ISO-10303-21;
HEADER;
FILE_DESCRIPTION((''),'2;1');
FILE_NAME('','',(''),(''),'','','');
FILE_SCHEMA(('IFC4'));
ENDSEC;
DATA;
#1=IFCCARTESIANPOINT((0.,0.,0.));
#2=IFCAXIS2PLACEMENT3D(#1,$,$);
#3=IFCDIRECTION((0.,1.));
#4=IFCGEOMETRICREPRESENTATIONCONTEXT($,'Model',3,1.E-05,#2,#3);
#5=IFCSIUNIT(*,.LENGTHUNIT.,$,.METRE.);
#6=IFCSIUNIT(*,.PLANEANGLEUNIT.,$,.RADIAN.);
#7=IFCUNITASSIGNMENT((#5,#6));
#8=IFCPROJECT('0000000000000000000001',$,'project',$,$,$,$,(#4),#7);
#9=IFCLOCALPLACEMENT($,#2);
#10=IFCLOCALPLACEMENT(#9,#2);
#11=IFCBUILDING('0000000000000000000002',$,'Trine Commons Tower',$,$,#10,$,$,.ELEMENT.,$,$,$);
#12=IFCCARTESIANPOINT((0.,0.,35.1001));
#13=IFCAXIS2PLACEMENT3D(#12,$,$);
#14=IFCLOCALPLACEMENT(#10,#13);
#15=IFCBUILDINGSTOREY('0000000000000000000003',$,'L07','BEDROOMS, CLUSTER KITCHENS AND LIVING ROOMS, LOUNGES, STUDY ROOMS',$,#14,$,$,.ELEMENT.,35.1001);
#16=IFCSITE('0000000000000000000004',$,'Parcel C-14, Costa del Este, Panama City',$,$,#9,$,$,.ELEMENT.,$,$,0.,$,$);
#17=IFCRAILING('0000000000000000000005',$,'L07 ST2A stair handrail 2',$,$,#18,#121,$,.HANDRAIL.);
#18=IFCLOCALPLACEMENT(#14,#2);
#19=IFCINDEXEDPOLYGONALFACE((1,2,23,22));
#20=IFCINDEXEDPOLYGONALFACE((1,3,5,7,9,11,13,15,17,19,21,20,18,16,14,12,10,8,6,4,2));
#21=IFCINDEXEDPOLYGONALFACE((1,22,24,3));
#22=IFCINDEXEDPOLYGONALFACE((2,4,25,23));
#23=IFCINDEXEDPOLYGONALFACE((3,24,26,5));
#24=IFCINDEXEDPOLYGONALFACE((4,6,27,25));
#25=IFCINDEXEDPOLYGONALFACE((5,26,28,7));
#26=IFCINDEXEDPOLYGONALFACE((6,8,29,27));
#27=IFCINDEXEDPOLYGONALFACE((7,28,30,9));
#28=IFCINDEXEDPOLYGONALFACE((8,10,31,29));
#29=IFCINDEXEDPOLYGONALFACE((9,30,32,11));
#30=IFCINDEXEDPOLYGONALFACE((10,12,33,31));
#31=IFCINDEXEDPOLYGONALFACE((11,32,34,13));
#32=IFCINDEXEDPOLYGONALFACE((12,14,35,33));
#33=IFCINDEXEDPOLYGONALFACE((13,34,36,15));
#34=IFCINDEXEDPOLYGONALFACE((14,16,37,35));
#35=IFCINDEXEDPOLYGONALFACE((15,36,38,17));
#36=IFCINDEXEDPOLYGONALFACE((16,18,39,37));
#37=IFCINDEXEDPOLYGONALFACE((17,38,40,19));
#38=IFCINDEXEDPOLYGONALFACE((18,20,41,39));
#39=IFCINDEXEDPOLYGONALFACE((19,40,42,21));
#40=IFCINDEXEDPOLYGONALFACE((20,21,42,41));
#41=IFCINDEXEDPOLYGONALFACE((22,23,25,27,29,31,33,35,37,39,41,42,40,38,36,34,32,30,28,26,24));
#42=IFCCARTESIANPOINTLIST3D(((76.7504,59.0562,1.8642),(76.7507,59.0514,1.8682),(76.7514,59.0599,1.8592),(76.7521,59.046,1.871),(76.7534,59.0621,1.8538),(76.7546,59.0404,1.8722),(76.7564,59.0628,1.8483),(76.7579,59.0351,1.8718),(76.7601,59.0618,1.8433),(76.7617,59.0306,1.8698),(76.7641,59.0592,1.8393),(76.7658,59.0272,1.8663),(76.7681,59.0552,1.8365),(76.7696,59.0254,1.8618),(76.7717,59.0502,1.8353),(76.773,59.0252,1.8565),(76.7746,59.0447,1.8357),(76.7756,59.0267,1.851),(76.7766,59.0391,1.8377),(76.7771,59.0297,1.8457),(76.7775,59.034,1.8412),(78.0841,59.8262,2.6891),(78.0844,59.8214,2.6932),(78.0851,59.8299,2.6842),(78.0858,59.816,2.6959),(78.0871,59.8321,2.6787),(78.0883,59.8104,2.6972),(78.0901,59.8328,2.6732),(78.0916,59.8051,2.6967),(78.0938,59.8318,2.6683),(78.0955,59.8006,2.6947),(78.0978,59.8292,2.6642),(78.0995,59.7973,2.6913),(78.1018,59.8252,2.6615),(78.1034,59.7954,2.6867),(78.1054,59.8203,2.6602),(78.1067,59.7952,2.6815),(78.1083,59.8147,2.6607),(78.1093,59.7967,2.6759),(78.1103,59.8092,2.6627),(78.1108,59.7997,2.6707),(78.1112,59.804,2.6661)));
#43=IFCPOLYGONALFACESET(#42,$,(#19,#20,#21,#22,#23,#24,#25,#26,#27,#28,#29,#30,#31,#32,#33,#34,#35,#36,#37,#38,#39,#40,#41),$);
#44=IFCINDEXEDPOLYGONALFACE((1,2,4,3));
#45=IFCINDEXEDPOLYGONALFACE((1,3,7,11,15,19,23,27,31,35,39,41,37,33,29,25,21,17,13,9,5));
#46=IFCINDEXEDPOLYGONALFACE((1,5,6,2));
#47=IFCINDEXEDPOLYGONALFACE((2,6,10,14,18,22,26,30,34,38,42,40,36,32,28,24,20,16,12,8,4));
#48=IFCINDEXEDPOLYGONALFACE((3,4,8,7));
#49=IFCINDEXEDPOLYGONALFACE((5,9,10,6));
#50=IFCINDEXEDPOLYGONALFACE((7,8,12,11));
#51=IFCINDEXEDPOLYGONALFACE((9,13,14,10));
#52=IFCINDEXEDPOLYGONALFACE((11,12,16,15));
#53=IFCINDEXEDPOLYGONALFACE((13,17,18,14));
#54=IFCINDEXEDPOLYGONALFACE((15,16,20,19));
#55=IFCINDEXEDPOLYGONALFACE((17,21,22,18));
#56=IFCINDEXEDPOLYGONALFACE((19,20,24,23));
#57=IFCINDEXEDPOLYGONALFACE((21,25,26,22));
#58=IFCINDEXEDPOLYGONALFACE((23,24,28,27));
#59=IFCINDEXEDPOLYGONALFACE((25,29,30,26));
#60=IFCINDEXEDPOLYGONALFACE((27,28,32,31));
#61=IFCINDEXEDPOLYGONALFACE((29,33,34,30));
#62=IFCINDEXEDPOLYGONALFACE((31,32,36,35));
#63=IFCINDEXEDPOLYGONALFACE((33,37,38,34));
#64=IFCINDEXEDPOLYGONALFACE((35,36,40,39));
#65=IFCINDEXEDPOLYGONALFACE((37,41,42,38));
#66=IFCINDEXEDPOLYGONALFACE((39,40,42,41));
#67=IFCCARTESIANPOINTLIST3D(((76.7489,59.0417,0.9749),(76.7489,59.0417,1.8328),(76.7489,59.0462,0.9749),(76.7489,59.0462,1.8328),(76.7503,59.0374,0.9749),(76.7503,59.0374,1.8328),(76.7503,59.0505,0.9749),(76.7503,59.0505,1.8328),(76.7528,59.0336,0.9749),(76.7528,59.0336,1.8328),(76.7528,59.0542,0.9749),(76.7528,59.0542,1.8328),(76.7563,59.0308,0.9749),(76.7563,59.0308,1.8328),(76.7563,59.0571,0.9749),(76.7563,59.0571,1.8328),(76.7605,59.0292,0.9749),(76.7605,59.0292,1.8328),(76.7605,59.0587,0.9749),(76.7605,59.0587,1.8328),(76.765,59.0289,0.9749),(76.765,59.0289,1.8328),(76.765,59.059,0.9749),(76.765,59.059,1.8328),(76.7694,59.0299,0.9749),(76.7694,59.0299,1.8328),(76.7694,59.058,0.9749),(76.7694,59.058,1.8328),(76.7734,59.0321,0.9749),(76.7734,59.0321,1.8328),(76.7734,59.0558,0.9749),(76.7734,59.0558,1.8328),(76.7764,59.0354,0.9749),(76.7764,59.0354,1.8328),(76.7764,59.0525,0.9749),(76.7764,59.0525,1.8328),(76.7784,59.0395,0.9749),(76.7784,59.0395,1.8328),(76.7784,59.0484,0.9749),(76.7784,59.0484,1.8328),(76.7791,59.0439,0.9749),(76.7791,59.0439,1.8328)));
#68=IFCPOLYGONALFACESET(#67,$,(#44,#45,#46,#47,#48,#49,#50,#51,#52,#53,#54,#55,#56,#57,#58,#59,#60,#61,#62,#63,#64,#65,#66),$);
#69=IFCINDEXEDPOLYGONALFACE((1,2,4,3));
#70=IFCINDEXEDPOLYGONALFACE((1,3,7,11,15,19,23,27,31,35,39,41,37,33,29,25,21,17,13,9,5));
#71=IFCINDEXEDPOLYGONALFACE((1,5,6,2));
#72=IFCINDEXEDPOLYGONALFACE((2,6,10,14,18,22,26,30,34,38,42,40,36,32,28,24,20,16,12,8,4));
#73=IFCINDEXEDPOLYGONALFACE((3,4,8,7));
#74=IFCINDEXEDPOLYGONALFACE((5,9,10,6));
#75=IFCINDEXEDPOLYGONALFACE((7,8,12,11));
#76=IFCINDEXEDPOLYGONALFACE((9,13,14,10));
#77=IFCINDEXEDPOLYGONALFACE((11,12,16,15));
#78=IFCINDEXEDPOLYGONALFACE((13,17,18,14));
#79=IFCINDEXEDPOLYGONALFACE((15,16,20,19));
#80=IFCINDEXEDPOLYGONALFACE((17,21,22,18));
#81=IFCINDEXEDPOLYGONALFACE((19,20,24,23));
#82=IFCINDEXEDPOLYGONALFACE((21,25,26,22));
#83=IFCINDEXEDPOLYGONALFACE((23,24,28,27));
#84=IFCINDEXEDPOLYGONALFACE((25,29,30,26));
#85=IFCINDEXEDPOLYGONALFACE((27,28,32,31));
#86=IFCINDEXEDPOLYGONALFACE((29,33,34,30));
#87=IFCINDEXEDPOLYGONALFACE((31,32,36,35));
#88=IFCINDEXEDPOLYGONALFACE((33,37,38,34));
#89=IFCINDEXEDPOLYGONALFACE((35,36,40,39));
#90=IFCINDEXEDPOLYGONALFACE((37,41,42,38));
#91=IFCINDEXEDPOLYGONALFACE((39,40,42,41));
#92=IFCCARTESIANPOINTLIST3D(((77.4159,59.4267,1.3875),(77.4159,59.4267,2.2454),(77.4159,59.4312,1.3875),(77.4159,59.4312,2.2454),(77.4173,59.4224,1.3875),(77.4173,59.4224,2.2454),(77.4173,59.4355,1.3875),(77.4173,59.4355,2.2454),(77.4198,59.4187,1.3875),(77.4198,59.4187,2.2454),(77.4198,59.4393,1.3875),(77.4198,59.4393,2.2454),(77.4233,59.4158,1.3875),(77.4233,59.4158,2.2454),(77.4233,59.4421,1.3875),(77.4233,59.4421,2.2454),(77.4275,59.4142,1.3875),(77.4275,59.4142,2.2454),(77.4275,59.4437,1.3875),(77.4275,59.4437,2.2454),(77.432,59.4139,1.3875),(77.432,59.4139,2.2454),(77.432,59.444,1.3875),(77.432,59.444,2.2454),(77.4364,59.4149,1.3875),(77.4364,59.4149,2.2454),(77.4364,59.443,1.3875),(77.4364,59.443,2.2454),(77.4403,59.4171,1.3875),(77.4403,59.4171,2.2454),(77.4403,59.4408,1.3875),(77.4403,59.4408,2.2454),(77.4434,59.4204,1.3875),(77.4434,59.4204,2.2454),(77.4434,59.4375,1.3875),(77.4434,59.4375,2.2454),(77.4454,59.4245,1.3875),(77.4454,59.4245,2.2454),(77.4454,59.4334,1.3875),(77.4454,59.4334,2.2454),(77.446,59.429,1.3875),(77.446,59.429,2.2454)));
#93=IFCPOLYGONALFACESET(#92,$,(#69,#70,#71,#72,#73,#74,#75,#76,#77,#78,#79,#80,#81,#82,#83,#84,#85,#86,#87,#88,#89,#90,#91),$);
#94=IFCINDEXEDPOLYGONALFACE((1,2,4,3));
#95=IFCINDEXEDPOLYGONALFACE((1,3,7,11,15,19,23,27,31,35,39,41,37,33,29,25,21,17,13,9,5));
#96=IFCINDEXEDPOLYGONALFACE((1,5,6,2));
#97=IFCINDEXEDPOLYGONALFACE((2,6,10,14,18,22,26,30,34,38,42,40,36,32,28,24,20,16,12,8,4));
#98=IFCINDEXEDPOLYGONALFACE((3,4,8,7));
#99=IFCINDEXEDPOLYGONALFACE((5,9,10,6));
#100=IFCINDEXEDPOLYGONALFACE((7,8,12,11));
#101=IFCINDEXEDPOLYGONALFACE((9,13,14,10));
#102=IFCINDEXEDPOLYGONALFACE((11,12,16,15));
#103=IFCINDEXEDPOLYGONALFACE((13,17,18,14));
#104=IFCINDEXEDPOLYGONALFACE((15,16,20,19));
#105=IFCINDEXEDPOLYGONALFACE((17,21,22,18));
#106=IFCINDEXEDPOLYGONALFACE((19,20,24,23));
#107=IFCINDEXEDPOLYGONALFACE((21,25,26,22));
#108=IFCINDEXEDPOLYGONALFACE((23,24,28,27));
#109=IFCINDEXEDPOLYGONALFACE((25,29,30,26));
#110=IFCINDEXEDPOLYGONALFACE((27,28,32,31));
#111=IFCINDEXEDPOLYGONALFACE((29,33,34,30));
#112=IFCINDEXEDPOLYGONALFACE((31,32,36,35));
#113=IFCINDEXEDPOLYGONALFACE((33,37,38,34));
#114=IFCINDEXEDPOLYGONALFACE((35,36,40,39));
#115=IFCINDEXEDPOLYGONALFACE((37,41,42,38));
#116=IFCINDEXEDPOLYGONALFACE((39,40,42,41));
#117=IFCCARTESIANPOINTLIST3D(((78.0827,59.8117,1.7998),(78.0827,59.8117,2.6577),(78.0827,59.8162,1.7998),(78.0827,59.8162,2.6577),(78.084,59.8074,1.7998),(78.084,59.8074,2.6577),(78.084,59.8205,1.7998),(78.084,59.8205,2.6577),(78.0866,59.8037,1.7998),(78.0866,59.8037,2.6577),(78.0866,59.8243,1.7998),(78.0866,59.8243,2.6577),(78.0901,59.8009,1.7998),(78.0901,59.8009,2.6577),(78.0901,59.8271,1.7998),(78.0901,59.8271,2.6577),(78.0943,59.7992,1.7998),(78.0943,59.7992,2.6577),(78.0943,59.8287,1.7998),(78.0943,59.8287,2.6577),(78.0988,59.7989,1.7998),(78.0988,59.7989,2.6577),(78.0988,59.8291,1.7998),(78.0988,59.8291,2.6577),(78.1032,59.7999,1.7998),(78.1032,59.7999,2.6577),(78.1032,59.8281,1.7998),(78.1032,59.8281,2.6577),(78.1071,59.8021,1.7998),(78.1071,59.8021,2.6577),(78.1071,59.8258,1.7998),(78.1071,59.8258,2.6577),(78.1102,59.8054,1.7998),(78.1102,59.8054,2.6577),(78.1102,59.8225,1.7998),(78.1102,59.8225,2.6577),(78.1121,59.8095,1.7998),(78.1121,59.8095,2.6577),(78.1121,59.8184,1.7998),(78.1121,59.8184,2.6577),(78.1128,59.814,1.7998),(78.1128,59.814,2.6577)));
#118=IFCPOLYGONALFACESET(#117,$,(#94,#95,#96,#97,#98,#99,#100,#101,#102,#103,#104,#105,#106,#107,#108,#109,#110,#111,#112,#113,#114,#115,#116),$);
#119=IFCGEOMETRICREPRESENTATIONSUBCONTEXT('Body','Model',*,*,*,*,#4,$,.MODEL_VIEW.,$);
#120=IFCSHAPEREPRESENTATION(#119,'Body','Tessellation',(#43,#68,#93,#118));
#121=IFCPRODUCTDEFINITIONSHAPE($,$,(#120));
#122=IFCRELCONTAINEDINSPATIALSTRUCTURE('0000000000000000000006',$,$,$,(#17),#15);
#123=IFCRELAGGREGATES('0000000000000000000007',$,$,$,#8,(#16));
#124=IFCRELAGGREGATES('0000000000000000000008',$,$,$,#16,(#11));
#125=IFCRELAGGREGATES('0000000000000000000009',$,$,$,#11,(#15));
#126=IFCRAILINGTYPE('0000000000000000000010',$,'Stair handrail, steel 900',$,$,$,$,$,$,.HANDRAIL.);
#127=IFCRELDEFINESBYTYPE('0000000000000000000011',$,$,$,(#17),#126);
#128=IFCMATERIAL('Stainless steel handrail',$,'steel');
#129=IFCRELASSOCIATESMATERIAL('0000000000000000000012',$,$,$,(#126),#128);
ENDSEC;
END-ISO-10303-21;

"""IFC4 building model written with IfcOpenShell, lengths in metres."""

from ifc_helpers import new_model, si_unit, direction, frame, origin, origin_2d, place, context, subcontext, project, spatial, circle, extrude, material, type_object, element, save


model = new_model("IFC4")

# Units and contexts
model_context = context("Model", 3, precision=1e-05, world=origin(), true_north=direction((0.0, 1.0)))
body_context = subcontext(model_context, "Body", "Model", "MODEL_VIEW")
ifc_project = project(units=[si_unit("LENGTHUNIT", "METRE"), si_unit("PLANEANGLEUNIT", "RADIAN")], contexts=[model_context])

# Site, building, storey
site_placement = place(None, origin())
site = spatial("IfcSite", under=ifc_project, at=site_placement, Name="Parcel C-14, Costa del Este, Panama City", CompositionType="ELEMENT", RefElevation=0.0)
building_placement = place(site_placement, origin())
building = spatial("IfcBuilding", under=site, at=building_placement, Name="Trine Commons Tower", CompositionType="ELEMENT")
storey_placement = place(building_placement, frame((0.0, 0.0, 35.1001)))
storey = spatial("IfcBuildingStorey", under=building, at=storey_placement, Name="L07", Description="BEDROOMS, CLUSTER KITCHENS AND LIVING ROOMS, LOUNGES, STUDY ROOMS", CompositionType="ELEMENT", Elevation=35.1001)

# Railing
ifc_material_1 = material(Name="Stainless steel handrail", Category="steel")
railing_type_1 = type_object("IfcRailingType", Name="Stair handrail, steel 900", PredefinedType="HANDRAIL", material=ifc_material_1)
for number, where, name in (
    (1, (76.7639, 59.0439, 0.9749), "L07 ST2A stair handrail 2"),
):
    element("IfcRailing", number, at=place(storey_placement, frame(where)), inside=storey, type_object=railing_type_1, Name=name, PredefinedType="HANDRAIL", context=body_context, shape_type="SweptSolid", body=[
        extrude(circle(Radius=0.021, at=origin_2d()), frame((0.0, 0.0, 0.8789), z_axis=(0.763405, 0.440743, 0.472185), x_axis=(-0.499992, 0.86603, 0.0)), (0.0, 0.0, 1.0), 1.7471),
        extrude(circle(Radius=0.0151, at=origin_2d()), origin(), (0.0, 0.0, 1.0), 0.8579),
        extrude(circle(Radius=0.0151, at=origin_2d()), frame((0.667, 0.385, 0.4126)), (0.0, 0.0, 1.0), 0.8579),
        extrude(circle(Radius=0.0151, at=origin_2d()), frame((1.3337, 0.77, 0.825)), (0.0, 0.0, 1.0), 0.8579),
    ])

save(model, "model.ifc")
